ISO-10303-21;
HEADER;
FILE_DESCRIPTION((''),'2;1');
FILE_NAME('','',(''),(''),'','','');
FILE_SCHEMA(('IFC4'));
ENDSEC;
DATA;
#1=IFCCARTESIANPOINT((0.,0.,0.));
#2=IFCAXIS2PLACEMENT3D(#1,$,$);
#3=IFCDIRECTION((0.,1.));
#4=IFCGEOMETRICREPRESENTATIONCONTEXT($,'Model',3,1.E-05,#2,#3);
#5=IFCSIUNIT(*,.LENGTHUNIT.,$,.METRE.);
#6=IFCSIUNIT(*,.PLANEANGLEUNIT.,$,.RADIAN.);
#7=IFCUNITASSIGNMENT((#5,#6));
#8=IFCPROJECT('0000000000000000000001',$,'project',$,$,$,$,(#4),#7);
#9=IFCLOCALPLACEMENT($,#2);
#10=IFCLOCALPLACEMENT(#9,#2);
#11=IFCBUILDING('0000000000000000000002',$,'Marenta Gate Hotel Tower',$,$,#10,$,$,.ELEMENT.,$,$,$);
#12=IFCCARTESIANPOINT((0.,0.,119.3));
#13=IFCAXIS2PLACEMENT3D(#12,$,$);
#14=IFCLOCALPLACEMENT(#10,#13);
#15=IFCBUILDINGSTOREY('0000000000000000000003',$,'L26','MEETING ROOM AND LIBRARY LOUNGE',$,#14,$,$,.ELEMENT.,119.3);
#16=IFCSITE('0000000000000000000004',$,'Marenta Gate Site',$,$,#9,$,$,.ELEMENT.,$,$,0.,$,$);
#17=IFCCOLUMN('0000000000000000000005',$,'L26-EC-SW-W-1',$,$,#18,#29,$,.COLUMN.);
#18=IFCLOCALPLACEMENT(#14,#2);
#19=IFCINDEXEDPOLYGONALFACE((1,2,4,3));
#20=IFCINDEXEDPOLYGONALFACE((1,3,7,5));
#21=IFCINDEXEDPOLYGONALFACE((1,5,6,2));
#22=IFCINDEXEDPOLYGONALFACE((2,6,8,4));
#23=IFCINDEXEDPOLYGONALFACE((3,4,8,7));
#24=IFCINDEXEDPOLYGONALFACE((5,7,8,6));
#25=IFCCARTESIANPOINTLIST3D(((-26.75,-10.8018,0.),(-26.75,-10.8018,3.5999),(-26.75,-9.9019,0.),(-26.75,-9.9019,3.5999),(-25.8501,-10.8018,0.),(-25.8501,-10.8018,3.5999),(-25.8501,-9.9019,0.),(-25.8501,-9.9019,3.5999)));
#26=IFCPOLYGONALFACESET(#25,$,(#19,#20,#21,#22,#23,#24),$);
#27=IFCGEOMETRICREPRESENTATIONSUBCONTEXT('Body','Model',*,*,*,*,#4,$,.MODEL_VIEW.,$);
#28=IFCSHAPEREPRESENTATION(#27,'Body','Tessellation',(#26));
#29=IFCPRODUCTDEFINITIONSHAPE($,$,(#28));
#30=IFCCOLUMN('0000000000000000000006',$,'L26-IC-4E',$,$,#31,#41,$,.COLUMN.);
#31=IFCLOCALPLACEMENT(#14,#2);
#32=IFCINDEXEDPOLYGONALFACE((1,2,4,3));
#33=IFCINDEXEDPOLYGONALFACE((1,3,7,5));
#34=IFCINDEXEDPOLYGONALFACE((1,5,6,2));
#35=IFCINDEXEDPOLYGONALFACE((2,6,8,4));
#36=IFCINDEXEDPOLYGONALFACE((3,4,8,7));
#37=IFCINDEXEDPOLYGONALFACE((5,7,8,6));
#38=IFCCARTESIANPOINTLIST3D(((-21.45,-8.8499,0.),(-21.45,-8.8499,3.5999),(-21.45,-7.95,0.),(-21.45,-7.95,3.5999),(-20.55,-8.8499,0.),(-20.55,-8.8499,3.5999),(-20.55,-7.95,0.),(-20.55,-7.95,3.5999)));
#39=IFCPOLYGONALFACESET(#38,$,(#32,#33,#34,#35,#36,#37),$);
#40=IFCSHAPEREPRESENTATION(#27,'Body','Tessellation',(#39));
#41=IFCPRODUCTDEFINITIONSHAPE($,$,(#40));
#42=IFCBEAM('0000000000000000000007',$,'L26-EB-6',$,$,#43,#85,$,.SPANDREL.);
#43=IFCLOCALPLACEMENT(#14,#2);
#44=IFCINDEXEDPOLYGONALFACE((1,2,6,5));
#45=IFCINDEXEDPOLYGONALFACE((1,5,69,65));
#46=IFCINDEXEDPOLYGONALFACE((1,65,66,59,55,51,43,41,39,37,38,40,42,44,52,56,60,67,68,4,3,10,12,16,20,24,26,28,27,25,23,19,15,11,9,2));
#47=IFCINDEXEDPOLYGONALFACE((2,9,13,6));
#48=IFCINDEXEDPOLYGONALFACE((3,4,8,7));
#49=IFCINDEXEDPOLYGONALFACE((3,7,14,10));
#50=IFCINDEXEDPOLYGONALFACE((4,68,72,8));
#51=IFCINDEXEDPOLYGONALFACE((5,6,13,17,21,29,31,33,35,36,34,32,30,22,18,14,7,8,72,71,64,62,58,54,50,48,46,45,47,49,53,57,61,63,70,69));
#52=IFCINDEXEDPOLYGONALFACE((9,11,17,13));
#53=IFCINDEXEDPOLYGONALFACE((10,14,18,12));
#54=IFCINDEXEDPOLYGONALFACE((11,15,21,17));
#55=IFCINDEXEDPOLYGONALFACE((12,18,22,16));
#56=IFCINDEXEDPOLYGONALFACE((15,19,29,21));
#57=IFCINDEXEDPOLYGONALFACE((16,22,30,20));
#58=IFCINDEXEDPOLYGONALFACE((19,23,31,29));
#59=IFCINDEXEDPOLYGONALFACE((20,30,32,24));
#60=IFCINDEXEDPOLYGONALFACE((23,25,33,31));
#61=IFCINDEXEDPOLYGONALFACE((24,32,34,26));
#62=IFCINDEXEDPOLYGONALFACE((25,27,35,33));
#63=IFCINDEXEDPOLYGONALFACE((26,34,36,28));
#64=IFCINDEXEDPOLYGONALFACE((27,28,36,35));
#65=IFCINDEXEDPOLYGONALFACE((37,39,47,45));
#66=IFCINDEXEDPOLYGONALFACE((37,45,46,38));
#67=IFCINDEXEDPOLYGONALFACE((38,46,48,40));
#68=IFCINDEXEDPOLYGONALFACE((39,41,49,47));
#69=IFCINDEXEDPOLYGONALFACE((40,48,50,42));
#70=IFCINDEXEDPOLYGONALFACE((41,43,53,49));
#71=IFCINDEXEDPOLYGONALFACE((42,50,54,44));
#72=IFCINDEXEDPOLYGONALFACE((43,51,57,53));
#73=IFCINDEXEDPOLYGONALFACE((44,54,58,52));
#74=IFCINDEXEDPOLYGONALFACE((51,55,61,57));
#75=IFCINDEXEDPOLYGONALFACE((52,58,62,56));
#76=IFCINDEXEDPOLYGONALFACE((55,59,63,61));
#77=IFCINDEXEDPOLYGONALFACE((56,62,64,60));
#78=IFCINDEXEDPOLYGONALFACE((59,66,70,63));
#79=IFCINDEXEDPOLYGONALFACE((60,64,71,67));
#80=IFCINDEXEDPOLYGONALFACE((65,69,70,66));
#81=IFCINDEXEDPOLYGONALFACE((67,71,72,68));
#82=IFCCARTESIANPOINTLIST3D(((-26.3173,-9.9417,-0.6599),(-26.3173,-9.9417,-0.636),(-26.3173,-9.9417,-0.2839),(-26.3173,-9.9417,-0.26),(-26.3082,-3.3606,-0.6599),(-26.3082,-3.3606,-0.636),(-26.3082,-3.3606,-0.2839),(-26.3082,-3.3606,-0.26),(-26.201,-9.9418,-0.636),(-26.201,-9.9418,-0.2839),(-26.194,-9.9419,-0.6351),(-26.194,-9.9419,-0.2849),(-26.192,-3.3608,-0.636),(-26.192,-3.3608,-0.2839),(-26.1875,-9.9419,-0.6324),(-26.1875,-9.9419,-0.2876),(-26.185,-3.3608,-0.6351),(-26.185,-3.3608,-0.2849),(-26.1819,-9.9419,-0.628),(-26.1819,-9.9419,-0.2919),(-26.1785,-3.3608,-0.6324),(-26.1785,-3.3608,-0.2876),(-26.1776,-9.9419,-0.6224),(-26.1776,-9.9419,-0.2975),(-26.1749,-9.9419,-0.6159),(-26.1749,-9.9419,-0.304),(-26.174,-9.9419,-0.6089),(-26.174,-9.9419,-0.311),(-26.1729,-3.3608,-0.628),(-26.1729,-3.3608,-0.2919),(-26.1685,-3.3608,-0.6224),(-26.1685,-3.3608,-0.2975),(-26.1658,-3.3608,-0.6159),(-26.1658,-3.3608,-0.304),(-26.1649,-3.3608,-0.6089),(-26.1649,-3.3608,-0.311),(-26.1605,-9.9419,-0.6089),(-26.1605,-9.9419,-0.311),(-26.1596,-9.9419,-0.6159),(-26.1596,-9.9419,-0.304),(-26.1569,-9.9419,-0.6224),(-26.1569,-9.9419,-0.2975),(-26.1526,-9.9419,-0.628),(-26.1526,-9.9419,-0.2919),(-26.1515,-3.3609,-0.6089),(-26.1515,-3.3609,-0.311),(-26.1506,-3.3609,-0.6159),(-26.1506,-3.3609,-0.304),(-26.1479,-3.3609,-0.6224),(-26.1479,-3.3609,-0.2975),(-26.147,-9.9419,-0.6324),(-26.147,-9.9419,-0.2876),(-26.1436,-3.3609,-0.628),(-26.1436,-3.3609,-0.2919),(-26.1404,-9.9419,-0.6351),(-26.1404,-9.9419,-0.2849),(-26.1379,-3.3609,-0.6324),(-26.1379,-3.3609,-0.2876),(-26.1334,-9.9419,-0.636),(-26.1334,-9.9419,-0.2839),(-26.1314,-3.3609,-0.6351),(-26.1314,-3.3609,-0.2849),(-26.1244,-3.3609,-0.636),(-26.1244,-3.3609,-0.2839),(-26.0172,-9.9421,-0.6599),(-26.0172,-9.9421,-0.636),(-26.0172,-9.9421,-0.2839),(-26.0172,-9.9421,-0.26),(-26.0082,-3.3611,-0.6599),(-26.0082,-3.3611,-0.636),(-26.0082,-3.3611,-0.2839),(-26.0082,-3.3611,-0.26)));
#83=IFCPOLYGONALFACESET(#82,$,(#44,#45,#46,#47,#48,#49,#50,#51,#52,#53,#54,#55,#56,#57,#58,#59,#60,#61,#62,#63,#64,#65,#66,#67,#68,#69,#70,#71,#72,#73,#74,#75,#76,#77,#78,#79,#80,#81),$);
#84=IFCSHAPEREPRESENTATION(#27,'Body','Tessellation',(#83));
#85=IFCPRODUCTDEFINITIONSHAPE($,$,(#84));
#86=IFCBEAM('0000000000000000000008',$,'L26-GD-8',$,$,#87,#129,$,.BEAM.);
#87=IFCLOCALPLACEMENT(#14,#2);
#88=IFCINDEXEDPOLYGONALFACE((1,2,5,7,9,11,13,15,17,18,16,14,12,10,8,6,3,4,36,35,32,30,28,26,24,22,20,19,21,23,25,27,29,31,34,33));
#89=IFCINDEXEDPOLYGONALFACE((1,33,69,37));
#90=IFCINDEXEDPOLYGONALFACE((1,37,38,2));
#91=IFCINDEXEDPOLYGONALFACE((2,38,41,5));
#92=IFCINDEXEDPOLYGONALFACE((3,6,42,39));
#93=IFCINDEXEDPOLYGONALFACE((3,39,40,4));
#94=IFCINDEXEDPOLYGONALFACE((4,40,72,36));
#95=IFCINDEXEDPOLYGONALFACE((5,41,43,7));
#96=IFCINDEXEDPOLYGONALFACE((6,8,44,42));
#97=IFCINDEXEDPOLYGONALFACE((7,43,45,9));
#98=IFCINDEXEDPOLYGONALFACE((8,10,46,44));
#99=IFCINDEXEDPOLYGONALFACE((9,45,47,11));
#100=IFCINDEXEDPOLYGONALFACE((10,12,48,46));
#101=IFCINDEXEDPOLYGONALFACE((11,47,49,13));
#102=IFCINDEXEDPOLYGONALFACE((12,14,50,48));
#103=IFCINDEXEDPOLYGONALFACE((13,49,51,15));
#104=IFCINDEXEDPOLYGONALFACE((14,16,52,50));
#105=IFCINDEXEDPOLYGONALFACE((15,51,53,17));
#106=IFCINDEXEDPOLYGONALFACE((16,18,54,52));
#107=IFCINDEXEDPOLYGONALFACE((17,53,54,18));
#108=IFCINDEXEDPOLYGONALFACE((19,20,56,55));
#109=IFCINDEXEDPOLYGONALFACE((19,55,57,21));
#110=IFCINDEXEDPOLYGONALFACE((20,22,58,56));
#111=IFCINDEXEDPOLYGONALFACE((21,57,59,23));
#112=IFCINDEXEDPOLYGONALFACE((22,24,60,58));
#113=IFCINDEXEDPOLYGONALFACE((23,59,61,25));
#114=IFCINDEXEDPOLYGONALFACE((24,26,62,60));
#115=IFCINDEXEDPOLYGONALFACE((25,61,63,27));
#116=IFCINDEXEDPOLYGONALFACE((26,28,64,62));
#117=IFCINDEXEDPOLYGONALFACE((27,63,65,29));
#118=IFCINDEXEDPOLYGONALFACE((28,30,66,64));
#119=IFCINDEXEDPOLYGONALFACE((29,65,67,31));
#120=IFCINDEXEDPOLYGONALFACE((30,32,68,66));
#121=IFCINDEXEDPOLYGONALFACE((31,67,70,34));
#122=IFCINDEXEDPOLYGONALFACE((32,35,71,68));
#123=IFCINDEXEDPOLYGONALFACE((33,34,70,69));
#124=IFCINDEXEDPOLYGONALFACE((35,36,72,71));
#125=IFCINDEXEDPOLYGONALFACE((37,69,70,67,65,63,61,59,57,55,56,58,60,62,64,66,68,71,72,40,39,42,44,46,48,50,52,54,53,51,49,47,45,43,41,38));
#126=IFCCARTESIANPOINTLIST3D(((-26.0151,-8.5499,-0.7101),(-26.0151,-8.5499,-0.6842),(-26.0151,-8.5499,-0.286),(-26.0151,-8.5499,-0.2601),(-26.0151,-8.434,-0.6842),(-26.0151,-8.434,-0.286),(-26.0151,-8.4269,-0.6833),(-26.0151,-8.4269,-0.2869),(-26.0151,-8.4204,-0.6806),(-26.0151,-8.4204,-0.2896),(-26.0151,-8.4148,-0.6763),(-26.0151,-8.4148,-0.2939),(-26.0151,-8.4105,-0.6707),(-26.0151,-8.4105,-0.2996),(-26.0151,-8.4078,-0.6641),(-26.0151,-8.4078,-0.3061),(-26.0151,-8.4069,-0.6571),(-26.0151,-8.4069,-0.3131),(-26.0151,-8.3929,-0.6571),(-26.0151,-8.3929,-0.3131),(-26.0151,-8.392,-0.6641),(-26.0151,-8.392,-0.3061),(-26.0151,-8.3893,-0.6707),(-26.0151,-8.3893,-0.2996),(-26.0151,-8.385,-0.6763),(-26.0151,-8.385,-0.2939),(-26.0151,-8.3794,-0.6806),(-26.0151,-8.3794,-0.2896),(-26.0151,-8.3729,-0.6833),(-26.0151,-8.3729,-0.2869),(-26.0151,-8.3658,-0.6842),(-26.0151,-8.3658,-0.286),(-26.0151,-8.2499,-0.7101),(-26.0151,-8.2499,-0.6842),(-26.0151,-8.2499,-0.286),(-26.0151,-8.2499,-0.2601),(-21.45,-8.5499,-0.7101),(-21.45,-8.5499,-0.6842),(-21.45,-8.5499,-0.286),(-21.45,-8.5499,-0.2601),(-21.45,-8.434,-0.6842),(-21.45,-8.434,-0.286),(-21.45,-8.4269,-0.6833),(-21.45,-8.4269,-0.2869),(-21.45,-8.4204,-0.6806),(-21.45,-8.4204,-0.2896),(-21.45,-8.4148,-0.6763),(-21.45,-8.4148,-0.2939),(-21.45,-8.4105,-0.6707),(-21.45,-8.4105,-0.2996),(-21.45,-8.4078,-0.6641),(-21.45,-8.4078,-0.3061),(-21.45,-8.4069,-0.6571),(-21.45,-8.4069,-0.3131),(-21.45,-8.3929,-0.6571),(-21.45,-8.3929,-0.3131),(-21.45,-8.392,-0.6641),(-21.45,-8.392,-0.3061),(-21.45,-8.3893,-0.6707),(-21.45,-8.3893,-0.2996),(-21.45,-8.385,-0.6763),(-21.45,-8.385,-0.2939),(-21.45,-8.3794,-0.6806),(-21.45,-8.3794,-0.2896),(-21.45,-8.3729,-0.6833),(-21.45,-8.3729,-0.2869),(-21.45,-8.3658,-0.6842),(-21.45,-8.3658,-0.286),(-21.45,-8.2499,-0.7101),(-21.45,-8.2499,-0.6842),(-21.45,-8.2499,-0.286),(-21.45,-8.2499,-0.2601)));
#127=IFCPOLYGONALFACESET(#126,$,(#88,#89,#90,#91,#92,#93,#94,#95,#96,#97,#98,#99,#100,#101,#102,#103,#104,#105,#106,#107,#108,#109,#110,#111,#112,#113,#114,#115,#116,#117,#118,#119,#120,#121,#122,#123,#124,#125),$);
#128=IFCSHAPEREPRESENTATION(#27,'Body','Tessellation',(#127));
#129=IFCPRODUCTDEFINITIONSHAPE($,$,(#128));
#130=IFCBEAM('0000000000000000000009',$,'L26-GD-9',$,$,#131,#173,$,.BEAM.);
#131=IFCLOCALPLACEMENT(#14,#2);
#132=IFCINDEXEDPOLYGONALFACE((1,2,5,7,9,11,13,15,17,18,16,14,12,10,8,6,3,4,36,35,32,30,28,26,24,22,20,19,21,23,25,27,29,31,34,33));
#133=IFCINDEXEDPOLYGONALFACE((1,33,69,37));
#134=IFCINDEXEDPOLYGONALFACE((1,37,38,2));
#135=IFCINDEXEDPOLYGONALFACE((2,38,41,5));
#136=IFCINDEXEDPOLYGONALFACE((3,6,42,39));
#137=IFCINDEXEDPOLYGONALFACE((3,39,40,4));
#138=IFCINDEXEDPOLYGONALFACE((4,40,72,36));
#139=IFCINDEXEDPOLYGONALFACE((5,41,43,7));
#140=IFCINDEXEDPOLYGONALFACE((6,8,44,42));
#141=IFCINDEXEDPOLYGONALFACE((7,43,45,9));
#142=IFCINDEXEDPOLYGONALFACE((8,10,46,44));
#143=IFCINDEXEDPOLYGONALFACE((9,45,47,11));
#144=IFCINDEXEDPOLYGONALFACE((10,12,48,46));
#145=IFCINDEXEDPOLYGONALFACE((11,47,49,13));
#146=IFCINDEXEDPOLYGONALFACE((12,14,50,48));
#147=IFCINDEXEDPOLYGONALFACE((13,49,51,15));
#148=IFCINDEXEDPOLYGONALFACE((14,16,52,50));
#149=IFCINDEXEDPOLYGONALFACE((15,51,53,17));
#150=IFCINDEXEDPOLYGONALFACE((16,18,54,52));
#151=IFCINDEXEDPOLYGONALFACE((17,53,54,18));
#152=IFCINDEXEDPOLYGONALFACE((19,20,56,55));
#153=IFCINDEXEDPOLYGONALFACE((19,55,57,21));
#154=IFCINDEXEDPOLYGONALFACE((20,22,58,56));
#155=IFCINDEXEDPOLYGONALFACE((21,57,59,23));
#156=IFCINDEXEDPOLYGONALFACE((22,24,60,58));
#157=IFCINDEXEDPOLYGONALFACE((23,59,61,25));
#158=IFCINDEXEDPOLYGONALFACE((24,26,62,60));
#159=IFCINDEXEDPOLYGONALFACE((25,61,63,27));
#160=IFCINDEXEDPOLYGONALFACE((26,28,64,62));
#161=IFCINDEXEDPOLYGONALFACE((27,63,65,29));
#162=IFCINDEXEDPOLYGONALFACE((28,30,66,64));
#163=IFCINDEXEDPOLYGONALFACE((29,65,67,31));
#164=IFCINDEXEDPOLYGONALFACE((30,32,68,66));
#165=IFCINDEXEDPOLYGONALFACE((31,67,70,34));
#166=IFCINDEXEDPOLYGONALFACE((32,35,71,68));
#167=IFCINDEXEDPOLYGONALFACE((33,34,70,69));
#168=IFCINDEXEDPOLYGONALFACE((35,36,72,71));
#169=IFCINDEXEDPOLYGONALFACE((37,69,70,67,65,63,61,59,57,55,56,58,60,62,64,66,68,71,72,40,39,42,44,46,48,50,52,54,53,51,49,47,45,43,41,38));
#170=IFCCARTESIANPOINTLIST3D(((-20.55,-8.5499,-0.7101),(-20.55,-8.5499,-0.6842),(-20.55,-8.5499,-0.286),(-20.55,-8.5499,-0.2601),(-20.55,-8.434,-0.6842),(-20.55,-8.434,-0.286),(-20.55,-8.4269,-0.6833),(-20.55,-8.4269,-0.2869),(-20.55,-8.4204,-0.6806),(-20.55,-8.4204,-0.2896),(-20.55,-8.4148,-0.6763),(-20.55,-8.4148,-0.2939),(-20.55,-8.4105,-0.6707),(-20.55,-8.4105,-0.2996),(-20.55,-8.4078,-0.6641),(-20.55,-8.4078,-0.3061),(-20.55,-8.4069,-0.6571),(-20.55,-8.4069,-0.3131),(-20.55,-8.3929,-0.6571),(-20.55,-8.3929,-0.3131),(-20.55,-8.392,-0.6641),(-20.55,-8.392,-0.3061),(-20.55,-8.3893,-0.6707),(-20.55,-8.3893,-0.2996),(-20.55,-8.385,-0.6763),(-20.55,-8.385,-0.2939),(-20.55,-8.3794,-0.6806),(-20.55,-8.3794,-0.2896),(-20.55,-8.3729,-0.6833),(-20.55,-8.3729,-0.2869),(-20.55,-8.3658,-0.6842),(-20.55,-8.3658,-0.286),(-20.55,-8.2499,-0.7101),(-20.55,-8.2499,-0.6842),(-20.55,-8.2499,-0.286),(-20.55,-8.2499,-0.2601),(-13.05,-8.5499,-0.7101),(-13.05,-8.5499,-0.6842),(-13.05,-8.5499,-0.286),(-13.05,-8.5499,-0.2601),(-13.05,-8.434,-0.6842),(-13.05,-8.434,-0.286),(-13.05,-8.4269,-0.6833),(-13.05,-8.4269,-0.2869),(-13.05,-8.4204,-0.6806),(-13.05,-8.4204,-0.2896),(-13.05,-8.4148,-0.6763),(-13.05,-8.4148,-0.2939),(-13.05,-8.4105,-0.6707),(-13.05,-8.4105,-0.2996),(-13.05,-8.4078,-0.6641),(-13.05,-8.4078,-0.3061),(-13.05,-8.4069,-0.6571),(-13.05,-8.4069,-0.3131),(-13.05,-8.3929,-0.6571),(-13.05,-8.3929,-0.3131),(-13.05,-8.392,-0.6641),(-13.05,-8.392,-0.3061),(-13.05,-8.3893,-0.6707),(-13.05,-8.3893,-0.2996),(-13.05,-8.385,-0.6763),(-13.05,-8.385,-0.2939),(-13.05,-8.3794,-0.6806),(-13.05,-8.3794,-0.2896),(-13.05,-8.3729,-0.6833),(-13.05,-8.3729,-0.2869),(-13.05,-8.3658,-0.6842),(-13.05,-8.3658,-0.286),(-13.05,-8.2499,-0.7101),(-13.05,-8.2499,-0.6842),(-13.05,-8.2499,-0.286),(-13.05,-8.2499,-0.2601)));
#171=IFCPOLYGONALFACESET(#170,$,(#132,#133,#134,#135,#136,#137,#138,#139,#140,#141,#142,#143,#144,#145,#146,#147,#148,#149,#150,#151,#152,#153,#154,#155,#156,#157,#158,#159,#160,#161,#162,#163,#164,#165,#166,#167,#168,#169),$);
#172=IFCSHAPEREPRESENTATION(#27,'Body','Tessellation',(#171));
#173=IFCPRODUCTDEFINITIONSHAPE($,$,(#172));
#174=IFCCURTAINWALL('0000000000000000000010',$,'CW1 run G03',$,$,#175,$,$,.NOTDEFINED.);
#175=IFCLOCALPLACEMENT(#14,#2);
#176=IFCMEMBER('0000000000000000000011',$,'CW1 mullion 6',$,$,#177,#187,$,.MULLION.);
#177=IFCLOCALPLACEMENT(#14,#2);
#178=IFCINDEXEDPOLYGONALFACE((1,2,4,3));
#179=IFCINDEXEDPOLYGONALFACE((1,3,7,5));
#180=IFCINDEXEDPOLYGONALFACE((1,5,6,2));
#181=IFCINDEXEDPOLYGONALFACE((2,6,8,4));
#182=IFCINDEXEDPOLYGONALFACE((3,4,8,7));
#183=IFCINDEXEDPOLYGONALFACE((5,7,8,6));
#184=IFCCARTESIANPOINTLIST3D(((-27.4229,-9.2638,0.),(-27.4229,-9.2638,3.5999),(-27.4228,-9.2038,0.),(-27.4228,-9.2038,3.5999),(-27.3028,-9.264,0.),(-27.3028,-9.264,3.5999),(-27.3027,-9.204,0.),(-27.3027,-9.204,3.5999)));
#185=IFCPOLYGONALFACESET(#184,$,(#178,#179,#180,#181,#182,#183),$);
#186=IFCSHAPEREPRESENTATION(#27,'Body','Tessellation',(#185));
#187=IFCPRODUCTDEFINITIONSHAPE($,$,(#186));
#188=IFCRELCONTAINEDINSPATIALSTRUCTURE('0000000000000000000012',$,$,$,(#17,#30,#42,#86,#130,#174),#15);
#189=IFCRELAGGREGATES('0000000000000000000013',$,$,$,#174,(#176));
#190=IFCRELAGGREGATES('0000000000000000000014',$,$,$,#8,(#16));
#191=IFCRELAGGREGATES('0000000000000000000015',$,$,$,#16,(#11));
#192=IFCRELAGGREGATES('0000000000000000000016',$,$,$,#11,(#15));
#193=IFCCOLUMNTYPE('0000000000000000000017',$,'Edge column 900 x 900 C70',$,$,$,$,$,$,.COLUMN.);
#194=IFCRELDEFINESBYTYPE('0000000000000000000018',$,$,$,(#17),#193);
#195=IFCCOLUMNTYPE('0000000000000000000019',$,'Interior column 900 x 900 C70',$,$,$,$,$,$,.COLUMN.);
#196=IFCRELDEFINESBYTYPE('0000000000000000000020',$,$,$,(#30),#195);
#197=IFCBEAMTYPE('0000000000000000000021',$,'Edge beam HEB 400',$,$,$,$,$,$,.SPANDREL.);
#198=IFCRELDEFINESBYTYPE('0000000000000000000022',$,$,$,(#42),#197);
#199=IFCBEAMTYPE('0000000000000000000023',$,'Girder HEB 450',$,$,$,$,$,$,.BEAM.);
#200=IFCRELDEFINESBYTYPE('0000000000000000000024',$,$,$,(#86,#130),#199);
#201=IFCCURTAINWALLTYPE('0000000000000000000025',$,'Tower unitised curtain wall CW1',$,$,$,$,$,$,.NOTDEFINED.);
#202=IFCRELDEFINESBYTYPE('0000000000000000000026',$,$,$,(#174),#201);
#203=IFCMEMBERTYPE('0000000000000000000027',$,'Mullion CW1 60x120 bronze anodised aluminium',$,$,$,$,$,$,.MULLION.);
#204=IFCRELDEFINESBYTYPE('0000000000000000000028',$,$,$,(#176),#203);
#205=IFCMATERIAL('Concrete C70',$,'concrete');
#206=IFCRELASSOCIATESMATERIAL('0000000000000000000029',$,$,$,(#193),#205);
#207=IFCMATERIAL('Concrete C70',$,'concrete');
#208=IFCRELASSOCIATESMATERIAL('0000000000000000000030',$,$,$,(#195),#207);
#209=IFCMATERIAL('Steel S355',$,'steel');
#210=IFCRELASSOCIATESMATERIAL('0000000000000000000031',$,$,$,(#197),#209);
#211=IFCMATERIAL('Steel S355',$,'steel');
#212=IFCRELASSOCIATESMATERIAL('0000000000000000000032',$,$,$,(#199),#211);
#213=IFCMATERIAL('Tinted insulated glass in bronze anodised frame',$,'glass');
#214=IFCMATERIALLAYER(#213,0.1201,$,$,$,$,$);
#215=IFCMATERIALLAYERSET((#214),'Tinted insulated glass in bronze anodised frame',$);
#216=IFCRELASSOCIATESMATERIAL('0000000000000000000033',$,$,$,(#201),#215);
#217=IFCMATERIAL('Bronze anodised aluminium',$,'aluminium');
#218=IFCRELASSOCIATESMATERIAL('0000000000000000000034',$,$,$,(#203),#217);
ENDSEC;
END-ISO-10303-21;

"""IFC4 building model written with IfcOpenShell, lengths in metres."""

from ifc_helpers import new_model, si_unit, direction, frame, origin, origin_2d, place, context, subcontext, project, spatial, rectangle, i_section, extrude, material, layer, layer_set, material_profile, profile_set, type_object, element, aggregate, save


model = new_model("IFC4")

# Units and contexts
model_context = context("Model", 3, precision=1e-05, world=origin(), true_north=direction((0.0, 1.0)))
body_context = subcontext(model_context, "Body", "Model", "MODEL_VIEW")
ifc_project = project(units=[si_unit("LENGTHUNIT", "METRE"), si_unit("PLANEANGLEUNIT", "RADIAN")], contexts=[model_context])

# Site, building, storey
site_placement = place(None, origin())
site = spatial("IfcSite", under=ifc_project, at=site_placement, Name="Marenta Gate Site", CompositionType="ELEMENT", RefElevation=0.0)
building_placement = place(site_placement, origin())
building = spatial("IfcBuilding", under=site, at=building_placement, Name="Marenta Gate Hotel Tower", CompositionType="ELEMENT")
storey_placement = place(building_placement, frame((0.0, 0.0, 119.3)))
storey = spatial("IfcBuildingStorey", under=building, at=storey_placement, Name="L26", Description="MEETING ROOM AND LIBRARY LOUNGE", CompositionType="ELEMENT", Elevation=119.3)

# Columns
ifc_material_1 = material(Name="Concrete C70", Category="concrete")
ifc_material_profile_1 = material_profile(ifc_material_1, rectangle(XDim=0.8999, YDim=0.8999, at=origin_2d()), Name="900 x 900")
ifc_profile_set_1 = profile_set([ifc_material_profile_1], Name="Concrete C70")
column_type_1 = type_object("IfcColumnType", Name="Edge column 900 x 900 C70", PredefinedType="COLUMN", material=ifc_profile_set_1)
column_1_placement = place(storey_placement, frame((-26.3, -10.3518, 0.0), z_axis=(0.0, 0.0, 1.0), x_axis=(1.0, 0.0, 0.0)))
element("IfcColumn", 1, at=column_1_placement, inside=storey, type_object=column_type_1, Name="L26-EC-SW-W-1", PredefinedType="COLUMN", context=body_context, shape_type="SweptSolid", body=[
    extrude(rectangle(XDim=0.8999, YDim=0.8999, at=origin_2d()), origin(), (0.0, 0.0, 1.0), 3.5999),
])
ifc_material_2 = material(Name="Concrete C70", Category="concrete")
ifc_material_profile_2 = material_profile(ifc_material_2, rectangle(XDim=0.8999, YDim=0.8999, at=origin_2d()), Name="900 x 900")
ifc_profile_set_2 = profile_set([ifc_material_profile_2], Name="Concrete C70")
column_type_2 = type_object("IfcColumnType", Name="Interior column 900 x 900 C70", PredefinedType="COLUMN", material=ifc_profile_set_2)
column_2_placement = place(storey_placement, frame((-21.0, -8.3999, 0.0), z_axis=(0.0, 0.0, 1.0), x_axis=(1.0, 0.0, 0.0)))
element("IfcColumn", 2, at=column_2_placement, inside=storey, type_object=column_type_2, Name="L26-IC-4E", PredefinedType="COLUMN", context=body_context, shape_type="SweptSolid", body=[
    extrude(rectangle(XDim=0.8999, YDim=0.8999, at=origin_2d()), origin(), (0.0, 0.0, 1.0), 3.5999),
])

# Beams
ifc_material_3 = material(Name="Steel S355", Category="steel")
ifc_material_profile_3 = material_profile(ifc_material_3, i_section(OverallWidth=0.3, OverallDepth=0.3999, WebThickness=0.0134, FlangeThickness=0.0239, FilletRadius=0.0271, at=origin_2d()), Name="HEB 400")
ifc_profile_set_3 = profile_set([ifc_material_profile_3], Name="Steel S355")
beam_type_1 = type_object("IfcBeamType", Name="Edge beam HEB 400", PredefinedType="SPANDREL", material=ifc_profile_set_3)
beam_1_placement = place(storey_placement, frame((-26.1672, -9.9419, -0.46), z_axis=(0.001373, 0.999999, 0.0), x_axis=(-0.999999, 0.001373, 0.0)))
element("IfcBeam", 3, at=beam_1_placement, inside=storey, type_object=beam_type_1, Name="L26-EB-6", PredefinedType="SPANDREL", context=body_context, shape_type="SweptSolid", body=[
    extrude(i_section(OverallWidth=0.3, OverallDepth=0.3999, WebThickness=0.0134, FlangeThickness=0.0239, FilletRadius=0.0271, at=origin_2d()), origin(), (0.0, 0.0, 1.0), 6.5811),
])
ifc_material_4 = material(Name="Steel S355", Category="steel")
ifc_material_profile_4 = material_profile(ifc_material_4, i_section(OverallWidth=0.3, OverallDepth=0.45, WebThickness=0.0139, FlangeThickness=0.0259, FilletRadius=0.0271, at=origin_2d()), Name="HEB 450")
ifc_profile_set_4 = profile_set([ifc_material_profile_4], Name="Steel S355")
beam_type_2 = type_object("IfcBeamType", Name="Girder HEB 450", PredefinedType="BEAM", material=ifc_profile_set_4)
beam_2_placement = place(storey_placement, frame((-26.0151, -8.3999, -0.4851), z_axis=(1.0, 0.0, 0.0), x_axis=(0.0, 1.0, 0.0)))
element("IfcBeam", 4, at=beam_2_placement, inside=storey, type_object=beam_type_2, Name="L26-GD-8", PredefinedType="BEAM", context=body_context, shape_type="SweptSolid", body=[
    extrude(i_section(OverallWidth=0.3, OverallDepth=0.45, WebThickness=0.0139, FlangeThickness=0.0259, FilletRadius=0.0271, at=origin_2d()), origin(), (0.0, 0.0, 1.0), 4.5652),
])
beam_3_placement = place(storey_placement, frame((-20.55, -8.3999, -0.4851), z_axis=(1.0, 0.0, 0.0), x_axis=(0.0, 1.0, 0.0)))
element("IfcBeam", 5, at=beam_3_placement, inside=storey, type_object=beam_type_2, Name="L26-GD-9", PredefinedType="BEAM", context=body_context, shape_type="SweptSolid", body=[
    extrude(i_section(OverallWidth=0.3, OverallDepth=0.45, WebThickness=0.0139, FlangeThickness=0.0259, FilletRadius=0.0271, at=origin_2d()), origin(), (0.0, 0.0, 1.0), 7.5),
])

# Curtain wall, member
ifc_material_5 = material(Name="Tinted insulated glass in bronze anodised frame", Category="glass")
ifc_layer_1 = layer(ifc_material_5, 0.1201)
ifc_layer_set_1 = layer_set([ifc_layer_1], Name="Tinted insulated glass in bronze anodised frame")
curtain_wall_type = type_object("IfcCurtainWallType", Name="Tower unitised curtain wall CW1", PredefinedType="NOTDEFINED", material=ifc_layer_set_1)
curtain_wall_placement = place(storey_placement, origin())
curtain_wall = element("IfcCurtainWall", 6, at=curtain_wall_placement, inside=storey, type_object=curtain_wall_type, Name="CW1 run G03", PredefinedType="NOTDEFINED")
ifc_material_6 = material(Name="Bronze anodised aluminium", Category="aluminium")
ifc_material_profile_5 = material_profile(ifc_material_6, rectangle(XDim=0.1201, YDim=0.0601, at=origin_2d()), Name="Mullion CW1 60x120 bronze anodised aluminium")
ifc_profile_set_5 = profile_set([ifc_material_profile_5], Name="Bronze anodised aluminium")
member_type_1 = type_object("IfcMemberType", Name="Mullion CW1 60x120 bronze anodised aluminium", PredefinedType="MULLION", material=ifc_profile_set_5)
member_1_placement = place(storey_placement, frame((-27.3628, -9.2339, 0.0), z_axis=(0.0, 0.0, 1.0), x_axis=(0.999999, -0.001566, 0.0)))
member_1 = element("IfcMember", 7, at=member_1_placement, type_object=member_type_1, Name="CW1 mullion 6", PredefinedType="MULLION", context=body_context, shape_type="SweptSolid", body=[
    extrude(rectangle(XDim=0.1201, YDim=0.0601, at=origin_2d()), origin(), (0.0, 0.0, 1.0), 3.5999),
])
aggregate(curtain_wall, [member_1])

save(model, "model.ifc")
